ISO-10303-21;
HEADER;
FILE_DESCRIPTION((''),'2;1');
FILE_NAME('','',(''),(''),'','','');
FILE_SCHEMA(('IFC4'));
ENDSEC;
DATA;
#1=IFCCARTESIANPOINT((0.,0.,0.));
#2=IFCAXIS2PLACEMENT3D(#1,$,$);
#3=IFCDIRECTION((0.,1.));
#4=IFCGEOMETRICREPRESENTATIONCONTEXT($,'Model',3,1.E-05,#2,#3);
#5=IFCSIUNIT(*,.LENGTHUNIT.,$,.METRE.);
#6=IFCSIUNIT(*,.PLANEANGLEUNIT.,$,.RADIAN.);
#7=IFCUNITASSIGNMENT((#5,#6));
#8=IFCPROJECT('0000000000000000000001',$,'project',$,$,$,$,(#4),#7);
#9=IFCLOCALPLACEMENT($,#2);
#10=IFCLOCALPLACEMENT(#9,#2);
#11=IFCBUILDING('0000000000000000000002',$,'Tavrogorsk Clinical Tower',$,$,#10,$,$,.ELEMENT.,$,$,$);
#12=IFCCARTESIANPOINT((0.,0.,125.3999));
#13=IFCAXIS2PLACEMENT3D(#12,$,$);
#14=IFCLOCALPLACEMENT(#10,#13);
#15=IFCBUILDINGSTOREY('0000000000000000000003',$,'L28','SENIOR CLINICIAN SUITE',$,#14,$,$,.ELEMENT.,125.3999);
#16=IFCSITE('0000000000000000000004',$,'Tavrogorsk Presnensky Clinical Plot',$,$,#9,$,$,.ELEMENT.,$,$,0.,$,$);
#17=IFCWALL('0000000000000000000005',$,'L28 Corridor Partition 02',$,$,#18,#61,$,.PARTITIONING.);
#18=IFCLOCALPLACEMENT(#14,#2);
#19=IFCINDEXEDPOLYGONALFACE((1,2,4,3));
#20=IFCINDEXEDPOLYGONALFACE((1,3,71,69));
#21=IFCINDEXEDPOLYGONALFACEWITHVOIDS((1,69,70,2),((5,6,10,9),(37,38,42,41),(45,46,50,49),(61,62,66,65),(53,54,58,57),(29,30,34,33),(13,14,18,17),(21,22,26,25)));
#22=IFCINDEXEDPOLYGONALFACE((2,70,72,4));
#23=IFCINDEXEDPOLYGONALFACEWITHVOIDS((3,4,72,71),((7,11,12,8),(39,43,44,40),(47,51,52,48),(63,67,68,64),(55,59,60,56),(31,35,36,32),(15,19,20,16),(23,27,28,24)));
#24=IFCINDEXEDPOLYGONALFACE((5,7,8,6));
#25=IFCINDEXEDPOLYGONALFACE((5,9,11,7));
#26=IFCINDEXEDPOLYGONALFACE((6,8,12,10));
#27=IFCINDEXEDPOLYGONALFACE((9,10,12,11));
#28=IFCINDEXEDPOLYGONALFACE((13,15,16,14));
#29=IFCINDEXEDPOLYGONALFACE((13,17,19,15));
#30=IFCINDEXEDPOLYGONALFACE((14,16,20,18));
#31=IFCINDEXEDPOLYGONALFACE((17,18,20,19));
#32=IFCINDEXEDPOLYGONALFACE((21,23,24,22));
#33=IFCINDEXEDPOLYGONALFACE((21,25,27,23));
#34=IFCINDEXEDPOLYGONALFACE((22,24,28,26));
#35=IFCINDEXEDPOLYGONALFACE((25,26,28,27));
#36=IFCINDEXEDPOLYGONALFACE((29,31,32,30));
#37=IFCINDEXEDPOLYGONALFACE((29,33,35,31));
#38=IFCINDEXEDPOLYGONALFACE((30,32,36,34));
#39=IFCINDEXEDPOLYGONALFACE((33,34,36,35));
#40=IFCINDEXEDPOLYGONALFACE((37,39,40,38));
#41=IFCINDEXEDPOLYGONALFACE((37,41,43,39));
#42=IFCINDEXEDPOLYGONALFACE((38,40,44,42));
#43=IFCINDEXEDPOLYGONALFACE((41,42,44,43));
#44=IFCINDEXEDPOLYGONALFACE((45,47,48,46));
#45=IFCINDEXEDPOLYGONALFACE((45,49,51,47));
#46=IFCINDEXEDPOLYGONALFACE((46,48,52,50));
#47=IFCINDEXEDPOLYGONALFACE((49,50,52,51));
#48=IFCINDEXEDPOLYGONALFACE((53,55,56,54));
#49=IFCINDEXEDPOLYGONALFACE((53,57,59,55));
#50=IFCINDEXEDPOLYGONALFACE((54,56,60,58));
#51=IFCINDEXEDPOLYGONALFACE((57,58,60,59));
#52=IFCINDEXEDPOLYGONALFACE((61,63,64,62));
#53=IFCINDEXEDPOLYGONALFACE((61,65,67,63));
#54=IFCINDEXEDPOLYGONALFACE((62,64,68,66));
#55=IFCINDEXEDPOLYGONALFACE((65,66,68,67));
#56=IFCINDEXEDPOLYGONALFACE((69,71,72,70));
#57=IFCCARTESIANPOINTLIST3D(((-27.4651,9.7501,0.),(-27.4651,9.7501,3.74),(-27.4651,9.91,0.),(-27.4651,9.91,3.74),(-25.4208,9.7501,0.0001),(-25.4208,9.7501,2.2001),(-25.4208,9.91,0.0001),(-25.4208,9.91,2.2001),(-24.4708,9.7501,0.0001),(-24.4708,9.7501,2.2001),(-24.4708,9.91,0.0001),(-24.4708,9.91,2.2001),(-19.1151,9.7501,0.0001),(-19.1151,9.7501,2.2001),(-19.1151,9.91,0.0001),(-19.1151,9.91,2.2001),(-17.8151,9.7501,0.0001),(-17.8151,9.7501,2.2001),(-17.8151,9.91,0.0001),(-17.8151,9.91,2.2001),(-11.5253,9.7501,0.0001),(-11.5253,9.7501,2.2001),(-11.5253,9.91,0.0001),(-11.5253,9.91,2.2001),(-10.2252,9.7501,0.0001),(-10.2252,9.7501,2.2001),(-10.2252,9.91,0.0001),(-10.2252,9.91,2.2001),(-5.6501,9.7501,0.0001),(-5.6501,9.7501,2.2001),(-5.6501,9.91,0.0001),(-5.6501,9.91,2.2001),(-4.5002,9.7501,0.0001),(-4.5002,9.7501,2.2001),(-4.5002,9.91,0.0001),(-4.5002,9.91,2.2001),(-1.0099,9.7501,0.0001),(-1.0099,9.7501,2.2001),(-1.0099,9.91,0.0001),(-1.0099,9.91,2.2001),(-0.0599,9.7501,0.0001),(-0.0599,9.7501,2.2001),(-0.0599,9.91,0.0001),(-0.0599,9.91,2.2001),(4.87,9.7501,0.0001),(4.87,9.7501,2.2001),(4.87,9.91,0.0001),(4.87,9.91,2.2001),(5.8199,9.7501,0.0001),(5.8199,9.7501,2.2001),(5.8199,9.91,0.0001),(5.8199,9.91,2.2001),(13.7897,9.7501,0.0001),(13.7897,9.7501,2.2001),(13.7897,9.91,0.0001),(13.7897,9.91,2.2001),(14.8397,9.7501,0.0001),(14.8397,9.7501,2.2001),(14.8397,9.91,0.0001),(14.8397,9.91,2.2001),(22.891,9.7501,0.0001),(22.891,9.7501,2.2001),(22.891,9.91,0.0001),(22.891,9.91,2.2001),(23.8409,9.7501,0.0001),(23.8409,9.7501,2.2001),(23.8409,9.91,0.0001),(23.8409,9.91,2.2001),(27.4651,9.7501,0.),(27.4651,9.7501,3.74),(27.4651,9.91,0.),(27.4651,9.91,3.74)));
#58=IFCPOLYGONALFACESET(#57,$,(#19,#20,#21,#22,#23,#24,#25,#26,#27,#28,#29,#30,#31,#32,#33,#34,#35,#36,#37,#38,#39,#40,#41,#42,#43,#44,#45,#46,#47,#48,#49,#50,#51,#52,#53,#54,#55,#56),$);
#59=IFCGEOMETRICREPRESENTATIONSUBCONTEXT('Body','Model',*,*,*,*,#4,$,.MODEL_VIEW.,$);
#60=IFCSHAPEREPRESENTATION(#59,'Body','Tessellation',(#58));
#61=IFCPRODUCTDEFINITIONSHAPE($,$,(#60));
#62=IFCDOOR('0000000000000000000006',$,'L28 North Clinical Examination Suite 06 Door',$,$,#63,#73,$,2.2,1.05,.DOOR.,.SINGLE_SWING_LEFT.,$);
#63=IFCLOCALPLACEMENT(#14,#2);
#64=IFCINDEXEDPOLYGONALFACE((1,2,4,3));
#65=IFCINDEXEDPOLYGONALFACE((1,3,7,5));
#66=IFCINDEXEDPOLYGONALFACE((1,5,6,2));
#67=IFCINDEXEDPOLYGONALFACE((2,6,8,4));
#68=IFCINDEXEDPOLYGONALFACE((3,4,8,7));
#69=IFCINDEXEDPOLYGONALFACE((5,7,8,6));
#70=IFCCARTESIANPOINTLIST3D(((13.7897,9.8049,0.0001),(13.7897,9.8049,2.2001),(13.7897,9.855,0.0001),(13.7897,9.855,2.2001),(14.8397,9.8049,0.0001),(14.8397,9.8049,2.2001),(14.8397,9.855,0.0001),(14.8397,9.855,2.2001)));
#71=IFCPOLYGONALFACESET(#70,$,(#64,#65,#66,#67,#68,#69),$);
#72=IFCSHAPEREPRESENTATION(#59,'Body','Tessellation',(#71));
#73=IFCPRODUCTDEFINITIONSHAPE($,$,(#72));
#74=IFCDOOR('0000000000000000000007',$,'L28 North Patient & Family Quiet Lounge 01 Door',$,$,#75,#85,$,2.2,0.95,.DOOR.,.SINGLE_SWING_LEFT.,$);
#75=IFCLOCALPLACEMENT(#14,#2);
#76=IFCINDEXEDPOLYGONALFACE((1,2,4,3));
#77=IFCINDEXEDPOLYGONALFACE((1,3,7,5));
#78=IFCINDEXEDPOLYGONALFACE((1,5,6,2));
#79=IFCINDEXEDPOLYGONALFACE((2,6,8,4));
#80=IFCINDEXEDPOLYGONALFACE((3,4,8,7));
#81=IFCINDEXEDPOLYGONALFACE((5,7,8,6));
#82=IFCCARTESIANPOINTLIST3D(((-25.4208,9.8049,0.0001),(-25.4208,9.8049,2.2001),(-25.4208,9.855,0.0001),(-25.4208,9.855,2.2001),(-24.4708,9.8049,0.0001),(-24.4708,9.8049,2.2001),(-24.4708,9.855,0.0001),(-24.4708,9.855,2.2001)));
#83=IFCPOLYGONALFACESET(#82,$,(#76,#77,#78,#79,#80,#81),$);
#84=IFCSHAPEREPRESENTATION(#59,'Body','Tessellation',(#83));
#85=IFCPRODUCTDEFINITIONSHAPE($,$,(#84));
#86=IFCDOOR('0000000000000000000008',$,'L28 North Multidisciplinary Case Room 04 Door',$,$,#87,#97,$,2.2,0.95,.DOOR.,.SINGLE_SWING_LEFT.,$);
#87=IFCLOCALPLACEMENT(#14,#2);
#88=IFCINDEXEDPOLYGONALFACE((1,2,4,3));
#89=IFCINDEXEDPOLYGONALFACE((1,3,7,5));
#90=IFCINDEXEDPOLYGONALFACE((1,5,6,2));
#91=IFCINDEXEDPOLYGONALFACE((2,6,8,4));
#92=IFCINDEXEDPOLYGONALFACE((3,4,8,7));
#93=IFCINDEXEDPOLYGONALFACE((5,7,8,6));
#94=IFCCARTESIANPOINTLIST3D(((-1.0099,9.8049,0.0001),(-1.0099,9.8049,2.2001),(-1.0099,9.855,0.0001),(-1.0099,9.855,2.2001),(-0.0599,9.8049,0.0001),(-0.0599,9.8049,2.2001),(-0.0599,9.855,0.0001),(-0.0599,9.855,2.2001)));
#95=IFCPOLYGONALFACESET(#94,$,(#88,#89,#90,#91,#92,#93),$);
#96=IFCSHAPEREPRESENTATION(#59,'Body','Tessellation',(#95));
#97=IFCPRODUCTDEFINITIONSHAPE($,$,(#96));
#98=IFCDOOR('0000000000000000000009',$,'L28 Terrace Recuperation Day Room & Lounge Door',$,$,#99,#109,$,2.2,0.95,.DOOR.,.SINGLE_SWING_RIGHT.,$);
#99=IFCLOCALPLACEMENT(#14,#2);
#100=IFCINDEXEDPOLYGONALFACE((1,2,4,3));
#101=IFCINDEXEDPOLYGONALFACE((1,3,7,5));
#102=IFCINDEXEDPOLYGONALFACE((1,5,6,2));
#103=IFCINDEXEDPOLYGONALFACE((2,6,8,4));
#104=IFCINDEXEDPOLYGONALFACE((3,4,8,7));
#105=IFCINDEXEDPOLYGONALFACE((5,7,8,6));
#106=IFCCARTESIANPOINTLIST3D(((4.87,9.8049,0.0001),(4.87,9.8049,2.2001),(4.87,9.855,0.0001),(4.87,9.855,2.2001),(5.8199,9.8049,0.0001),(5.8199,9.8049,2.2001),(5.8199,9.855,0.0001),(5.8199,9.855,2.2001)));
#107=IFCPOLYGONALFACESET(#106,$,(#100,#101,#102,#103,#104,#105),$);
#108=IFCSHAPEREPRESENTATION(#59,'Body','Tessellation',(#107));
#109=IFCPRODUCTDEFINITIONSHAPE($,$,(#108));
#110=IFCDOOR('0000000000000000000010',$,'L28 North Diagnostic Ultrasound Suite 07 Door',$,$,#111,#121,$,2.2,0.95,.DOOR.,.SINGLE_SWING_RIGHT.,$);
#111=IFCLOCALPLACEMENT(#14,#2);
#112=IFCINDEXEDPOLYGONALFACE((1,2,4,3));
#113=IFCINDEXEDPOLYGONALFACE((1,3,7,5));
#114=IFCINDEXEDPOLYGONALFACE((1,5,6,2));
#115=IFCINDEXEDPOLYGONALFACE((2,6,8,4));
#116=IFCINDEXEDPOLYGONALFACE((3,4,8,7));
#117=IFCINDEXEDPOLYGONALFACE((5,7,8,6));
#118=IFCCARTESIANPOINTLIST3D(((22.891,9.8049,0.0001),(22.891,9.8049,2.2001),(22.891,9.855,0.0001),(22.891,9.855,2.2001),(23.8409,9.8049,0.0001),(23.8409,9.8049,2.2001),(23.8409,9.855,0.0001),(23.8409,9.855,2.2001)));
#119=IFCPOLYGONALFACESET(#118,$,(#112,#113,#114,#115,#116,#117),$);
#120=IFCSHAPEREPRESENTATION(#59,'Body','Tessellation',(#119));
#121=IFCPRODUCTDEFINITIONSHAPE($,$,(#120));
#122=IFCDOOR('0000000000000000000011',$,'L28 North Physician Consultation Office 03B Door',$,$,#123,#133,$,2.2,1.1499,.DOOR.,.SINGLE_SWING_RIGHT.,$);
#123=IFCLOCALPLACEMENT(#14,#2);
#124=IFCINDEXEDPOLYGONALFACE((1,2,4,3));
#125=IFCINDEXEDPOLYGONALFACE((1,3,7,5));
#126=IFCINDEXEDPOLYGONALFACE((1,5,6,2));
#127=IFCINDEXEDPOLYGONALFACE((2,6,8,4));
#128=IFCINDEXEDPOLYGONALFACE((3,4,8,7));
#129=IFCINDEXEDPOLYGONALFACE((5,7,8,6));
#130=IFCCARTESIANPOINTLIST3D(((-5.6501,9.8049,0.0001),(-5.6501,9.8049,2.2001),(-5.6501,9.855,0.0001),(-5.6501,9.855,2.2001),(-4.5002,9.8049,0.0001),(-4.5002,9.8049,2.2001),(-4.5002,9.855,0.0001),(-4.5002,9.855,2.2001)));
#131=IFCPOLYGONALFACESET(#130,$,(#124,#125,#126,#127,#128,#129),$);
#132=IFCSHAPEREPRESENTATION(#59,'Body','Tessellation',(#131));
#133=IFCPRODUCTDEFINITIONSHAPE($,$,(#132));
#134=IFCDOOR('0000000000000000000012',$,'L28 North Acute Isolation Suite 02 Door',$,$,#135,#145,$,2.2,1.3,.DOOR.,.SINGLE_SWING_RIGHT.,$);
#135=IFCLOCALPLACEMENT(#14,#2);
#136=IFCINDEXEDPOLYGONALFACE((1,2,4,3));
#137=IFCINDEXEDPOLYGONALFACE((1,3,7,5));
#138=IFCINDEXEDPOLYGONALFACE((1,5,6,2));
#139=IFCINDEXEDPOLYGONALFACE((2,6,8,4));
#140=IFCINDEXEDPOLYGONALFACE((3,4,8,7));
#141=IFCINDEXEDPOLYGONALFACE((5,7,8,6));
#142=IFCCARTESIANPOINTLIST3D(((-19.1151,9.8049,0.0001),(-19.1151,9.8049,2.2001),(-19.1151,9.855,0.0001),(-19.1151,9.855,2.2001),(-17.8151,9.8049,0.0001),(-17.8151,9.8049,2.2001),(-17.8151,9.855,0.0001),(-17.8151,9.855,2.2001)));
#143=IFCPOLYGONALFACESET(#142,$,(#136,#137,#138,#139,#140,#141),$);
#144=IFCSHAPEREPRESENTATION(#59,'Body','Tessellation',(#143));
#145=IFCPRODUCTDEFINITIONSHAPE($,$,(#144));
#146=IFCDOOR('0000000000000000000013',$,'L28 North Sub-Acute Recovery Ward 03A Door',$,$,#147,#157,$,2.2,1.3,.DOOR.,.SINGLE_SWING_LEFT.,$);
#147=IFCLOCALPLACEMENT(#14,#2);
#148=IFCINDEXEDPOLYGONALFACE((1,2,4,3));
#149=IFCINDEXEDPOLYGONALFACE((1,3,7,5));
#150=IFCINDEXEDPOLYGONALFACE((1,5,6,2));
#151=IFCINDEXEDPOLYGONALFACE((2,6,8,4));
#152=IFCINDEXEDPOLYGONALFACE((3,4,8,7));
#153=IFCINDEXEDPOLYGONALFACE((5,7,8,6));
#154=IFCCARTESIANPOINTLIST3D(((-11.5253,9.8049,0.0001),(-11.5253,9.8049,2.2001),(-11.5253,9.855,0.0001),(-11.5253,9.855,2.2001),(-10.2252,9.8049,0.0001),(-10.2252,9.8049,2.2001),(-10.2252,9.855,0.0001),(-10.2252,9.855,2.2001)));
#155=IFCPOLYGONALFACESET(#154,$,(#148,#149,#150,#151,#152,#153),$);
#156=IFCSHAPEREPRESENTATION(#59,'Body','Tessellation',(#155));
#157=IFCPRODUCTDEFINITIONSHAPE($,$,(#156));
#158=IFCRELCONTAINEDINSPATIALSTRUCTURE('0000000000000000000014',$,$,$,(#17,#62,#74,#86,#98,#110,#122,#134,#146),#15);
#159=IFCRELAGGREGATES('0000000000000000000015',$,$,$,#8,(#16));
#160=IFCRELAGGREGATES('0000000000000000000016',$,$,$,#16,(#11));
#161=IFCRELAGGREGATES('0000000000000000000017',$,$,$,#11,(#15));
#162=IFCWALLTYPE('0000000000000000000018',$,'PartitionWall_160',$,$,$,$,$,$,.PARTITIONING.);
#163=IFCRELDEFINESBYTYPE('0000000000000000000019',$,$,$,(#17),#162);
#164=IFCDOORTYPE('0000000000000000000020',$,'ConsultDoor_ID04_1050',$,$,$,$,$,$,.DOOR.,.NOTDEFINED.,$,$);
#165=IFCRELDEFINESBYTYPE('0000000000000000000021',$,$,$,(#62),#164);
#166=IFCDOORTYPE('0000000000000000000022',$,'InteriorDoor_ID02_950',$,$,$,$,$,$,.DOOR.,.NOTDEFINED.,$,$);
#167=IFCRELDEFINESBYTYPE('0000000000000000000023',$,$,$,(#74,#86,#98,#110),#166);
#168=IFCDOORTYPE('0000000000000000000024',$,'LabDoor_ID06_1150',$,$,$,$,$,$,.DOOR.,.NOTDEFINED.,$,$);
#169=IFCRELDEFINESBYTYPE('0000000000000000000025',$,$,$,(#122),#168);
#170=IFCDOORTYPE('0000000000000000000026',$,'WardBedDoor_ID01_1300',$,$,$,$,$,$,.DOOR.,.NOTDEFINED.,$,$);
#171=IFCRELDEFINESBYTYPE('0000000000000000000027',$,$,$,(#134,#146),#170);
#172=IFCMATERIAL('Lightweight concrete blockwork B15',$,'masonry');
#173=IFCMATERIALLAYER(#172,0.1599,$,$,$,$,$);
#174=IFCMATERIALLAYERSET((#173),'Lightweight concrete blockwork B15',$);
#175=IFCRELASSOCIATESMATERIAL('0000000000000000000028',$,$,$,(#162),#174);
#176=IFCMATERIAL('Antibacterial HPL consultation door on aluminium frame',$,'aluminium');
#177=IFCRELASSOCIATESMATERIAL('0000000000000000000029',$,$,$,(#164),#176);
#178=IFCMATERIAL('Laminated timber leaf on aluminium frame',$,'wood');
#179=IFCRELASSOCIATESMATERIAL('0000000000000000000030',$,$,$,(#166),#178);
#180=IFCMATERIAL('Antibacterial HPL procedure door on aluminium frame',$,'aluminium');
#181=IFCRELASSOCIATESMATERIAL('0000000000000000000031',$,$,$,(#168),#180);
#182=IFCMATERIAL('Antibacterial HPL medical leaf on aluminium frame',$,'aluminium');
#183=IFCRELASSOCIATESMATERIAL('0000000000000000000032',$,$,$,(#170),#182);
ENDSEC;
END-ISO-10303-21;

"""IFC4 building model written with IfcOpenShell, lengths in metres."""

from ifc_helpers import new_model, si_unit, direction, frame, frame_2d, origin, place, context, subcontext, project, spatial, rectangle, extrude, material, layer, layer_set, type_object, element, fill, save


model = new_model("IFC4")

# Units and contexts
model_context = context("Model", 3, precision=1e-05, world=origin(), true_north=direction((0.0, 1.0)))
body_context = subcontext(model_context, "Body", "Model", "MODEL_VIEW")
ifc_project = project(units=[si_unit("LENGTHUNIT", "METRE"), si_unit("PLANEANGLEUNIT", "RADIAN")], contexts=[model_context])

# Site, building, storey
site_placement = place(None, origin())
site = spatial("IfcSite", under=ifc_project, at=site_placement, Name="Tavrogorsk Presnensky Clinical Plot", CompositionType="ELEMENT", RefElevation=0.0)
building_placement = place(site_placement, origin())
building = spatial("IfcBuilding", under=site, at=building_placement, Name="Tavrogorsk Clinical Tower", CompositionType="ELEMENT")
storey_placement = place(building_placement, frame((0.0, 0.0, 125.3999)))
storey = spatial("IfcBuildingStorey", under=building, at=storey_placement, Name="L28", Description="SENIOR CLINICIAN SUITE", CompositionType="ELEMENT", Elevation=125.3999)

# Wall, openings, doors
ifc_material_1 = material(Name="Lightweight concrete blockwork B15", Category="masonry")
ifc_layer_1 = layer(ifc_material_1, 0.1599)
ifc_layer_set_1 = layer_set([ifc_layer_1], Name="Lightweight concrete blockwork B15")
wall_type_1 = type_object("IfcWallType", Name="PartitionWall_160", PredefinedType="PARTITIONING", material=ifc_layer_set_1)
wall_1_placement = place(storey_placement, frame((-27.4651, 9.8301, 0.0), z_axis=(0.0, 0.0, 1.0), x_axis=(1.0, 0.0, 0.0)))
wall_1 = element("IfcWall", 1, at=wall_1_placement, inside=storey, type_object=wall_type_1, Name="L28 Corridor Partition 02", PredefinedType="PARTITIONING", context=body_context, shape_type="SweptSolid", body=[
    extrude(rectangle(XDim=54.9302, YDim=0.1599, at=frame_2d((27.4651, 0.0))), origin(), (0.0, 0.0, 1.0), 3.74),
])
opening_1_placement = place(wall_1_placement, frame((2.0442, 0.0, 0.0)))
opening_1 = element("IfcOpeningElement", 2, at=opening_1_placement, cuts=wall_1, PredefinedType="OPENING", context=body_context, shape_type="SweptSolid", body=[
    extrude(rectangle(XDim=0.95, YDim=2.2, at=frame_2d((0.4751, 1.1001))), frame((0.0, 0.0898, 0.0), z_axis=(0.0, -1.0, 0.0), x_axis=(1.0, 0.0, 0.0)), (0.0, 0.0, 1.0), 0.1799),
])
opening_2_placement = place(wall_1_placement, frame((8.3501, 0.0, 0.0)))
opening_2 = element("IfcOpeningElement", 3, at=opening_2_placement, cuts=wall_1, PredefinedType="OPENING", context=body_context, shape_type="SweptSolid", body=[
    extrude(rectangle(XDim=1.3, YDim=2.2, at=frame_2d((0.6499, 1.1001))), frame((0.0, 0.0898, 0.0), z_axis=(0.0, -1.0, 0.0), x_axis=(1.0, 0.0, 0.0)), (0.0, 0.0, 1.0), 0.1799),
])
opening_3_placement = place(wall_1_placement, frame((15.9399, 0.0, 0.0)))
opening_3 = element("IfcOpeningElement", 4, at=opening_3_placement, cuts=wall_1, PredefinedType="OPENING", context=body_context, shape_type="SweptSolid", body=[
    extrude(rectangle(XDim=1.3, YDim=2.2, at=frame_2d((0.6499, 1.1001))), frame((0.0, 0.0898, 0.0), z_axis=(0.0, -1.0, 0.0), x_axis=(1.0, 0.0, 0.0)), (0.0, 0.0, 1.0), 0.1799),
])
opening_4_placement = place(wall_1_placement, frame((21.8149, 0.0, 0.0)))
opening_4 = element("IfcOpeningElement", 5, at=opening_4_placement, cuts=wall_1, PredefinedType="OPENING", context=body_context, shape_type="SweptSolid", body=[
    extrude(rectangle(XDim=1.1499, YDim=2.2, at=frame_2d((0.575, 1.1001))), frame((0.0, 0.0898, 0.0), z_axis=(0.0, -1.0, 0.0), x_axis=(1.0, 0.0, 0.0)), (0.0, 0.0, 1.0), 0.1799),
])
opening_5_placement = place(wall_1_placement, frame((26.4551, 0.0, 0.0)))
opening_5 = element("IfcOpeningElement", 6, at=opening_5_placement, cuts=wall_1, PredefinedType="OPENING", context=body_context, shape_type="SweptSolid", body=[
    extrude(rectangle(XDim=0.95, YDim=2.2, at=frame_2d((0.4751, 1.1001))), frame((0.0, 0.0898, 0.0), z_axis=(0.0, -1.0, 0.0), x_axis=(1.0, 0.0, 0.0)), (0.0, 0.0, 1.0), 0.1799),
])
opening_6_placement = place(wall_1_placement, frame((32.335, 0.0, 0.0)))
opening_6 = element("IfcOpeningElement", 7, at=opening_6_placement, cuts=wall_1, PredefinedType="OPENING", context=body_context, shape_type="SweptSolid", body=[
    extrude(rectangle(XDim=0.95, YDim=2.2, at=frame_2d((0.4751, 1.1001))), frame((0.0, 0.0898, 0.0), z_axis=(0.0, -1.0, 0.0), x_axis=(1.0, 0.0, 0.0)), (0.0, 0.0, 1.0), 0.1799),
])
opening_7_placement = place(wall_1_placement, frame((41.2549, 0.0, 0.0)))
opening_7 = element("IfcOpeningElement", 8, at=opening_7_placement, cuts=wall_1, PredefinedType="OPENING", context=body_context, shape_type="SweptSolid", body=[
    extrude(rectangle(XDim=1.05, YDim=2.2, at=frame_2d((0.5249, 1.1001))), frame((0.0, 0.0898, 0.0), z_axis=(0.0, -1.0, 0.0), x_axis=(1.0, 0.0, 0.0)), (0.0, 0.0, 1.0), 0.1799),
])
opening_8_placement = place(wall_1_placement, frame((50.356, 0.0, 0.0)))
opening_8 = element("IfcOpeningElement", 9, at=opening_8_placement, cuts=wall_1, PredefinedType="OPENING", context=body_context, shape_type="SweptSolid", body=[
    extrude(rectangle(XDim=0.95, YDim=2.2, at=frame_2d((0.4751, 1.1001))), frame((0.0, 0.0898, 0.0), z_axis=(0.0, -1.0, 0.0), x_axis=(1.0, 0.0, 0.0)), (0.0, 0.0, 1.0), 0.1799),
])
ifc_material_2 = material(Name="Antibacterial HPL consultation door on aluminium frame", Category="aluminium")
door_type_1 = type_object("IfcDoorType", Name="ConsultDoor_ID04_1050", OperationType="NOTDEFINED", PredefinedType="DOOR", material=ifc_material_2)
door_1_placement = place(opening_7_placement, origin())
door_1 = element("IfcDoor", 10, at=door_1_placement, inside=storey, type_object=door_type_1, Name="L28 North Clinical Examination Suite 06 Door", OperationType="SINGLE_SWING_LEFT", OverallHeight=2.2, OverallWidth=1.05, PredefinedType="DOOR", context=body_context, shape_type="SweptSolid", body=[
    extrude(rectangle(XDim=1.05, YDim=2.2, at=frame_2d((0.5249, 1.1001))), frame((0.0, 0.0249, 0.0), z_axis=(0.0, -1.0, 0.0), x_axis=(1.0, 0.0, 0.0)), (0.0, 0.0, 1.0), 0.05),
])
fill(opening_7, door_1)
ifc_material_3 = material(Name="Laminated timber leaf on aluminium frame", Category="wood")
door_type_2 = type_object("IfcDoorType", Name="InteriorDoor_ID02_950", OperationType="NOTDEFINED", PredefinedType="DOOR", material=ifc_material_3)
door_2_placement = place(opening_1_placement, origin())
door_2 = element("IfcDoor", 11, at=door_2_placement, inside=storey, type_object=door_type_2, Name="L28 North Patient & Family Quiet Lounge 01 Door", OperationType="SINGLE_SWING_LEFT", OverallHeight=2.2, OverallWidth=0.95, PredefinedType="DOOR", context=body_context, shape_type="SweptSolid", body=[
    extrude(rectangle(XDim=0.95, YDim=2.2, at=frame_2d((0.4751, 1.1001))), frame((0.0, 0.0249, 0.0), z_axis=(0.0, -1.0, 0.0), x_axis=(1.0, 0.0, 0.0)), (0.0, 0.0, 1.0), 0.05),
])
fill(opening_1, door_2)
door_3_placement = place(opening_5_placement, origin())
door_3 = element("IfcDoor", 12, at=door_3_placement, inside=storey, type_object=door_type_2, Name="L28 North Multidisciplinary Case Room 04 Door", OperationType="SINGLE_SWING_LEFT", OverallHeight=2.2, OverallWidth=0.95, PredefinedType="DOOR", context=body_context, shape_type="SweptSolid", body=[
    extrude(rectangle(XDim=0.95, YDim=2.2, at=frame_2d((0.4751, 1.1001))), frame((0.0, 0.0249, 0.0), z_axis=(0.0, -1.0, 0.0), x_axis=(1.0, 0.0, 0.0)), (0.0, 0.0, 1.0), 0.05),
])
fill(opening_5, door_3)
door_4_placement = place(opening_6_placement, origin())
door_4 = element("IfcDoor", 13, at=door_4_placement, inside=storey, type_object=door_type_2, Name="L28 Terrace Recuperation Day Room & Lounge Door", OperationType="SINGLE_SWING_RIGHT", OverallHeight=2.2, OverallWidth=0.95, PredefinedType="DOOR", context=body_context, shape_type="SweptSolid", body=[
    extrude(rectangle(XDim=0.95, YDim=2.2, at=frame_2d((0.4751, 1.1001))), frame((0.0, 0.0249, 0.0), z_axis=(0.0, -1.0, 0.0), x_axis=(1.0, 0.0, 0.0)), (0.0, 0.0, 1.0), 0.05),
])
fill(opening_6, door_4)
door_5_placement = place(opening_8_placement, origin())
door_5 = element("IfcDoor", 14, at=door_5_placement, inside=storey, type_object=door_type_2, Name="L28 North Diagnostic Ultrasound Suite 07 Door", OperationType="SINGLE_SWING_RIGHT", OverallHeight=2.2, OverallWidth=0.95, PredefinedType="DOOR", context=body_context, shape_type="SweptSolid", body=[
    extrude(rectangle(XDim=0.95, YDim=2.2, at=frame_2d((0.4751, 1.1001))), frame((0.0, 0.0249, 0.0), z_axis=(0.0, -1.0, 0.0), x_axis=(1.0, 0.0, 0.0)), (0.0, 0.0, 1.0), 0.05),
])
fill(opening_8, door_5)
ifc_material_4 = material(Name="Antibacterial HPL procedure door on aluminium frame", Category="aluminium")
door_type_3 = type_object("IfcDoorType", Name="LabDoor_ID06_1150", OperationType="NOTDEFINED", PredefinedType="DOOR", material=ifc_material_4)
door_6_placement = place(opening_4_placement, origin())
door_6 = element("IfcDoor", 15, at=door_6_placement, inside=storey, type_object=door_type_3, Name="L28 North Physician Consultation Office 03B Door", OperationType="SINGLE_SWING_RIGHT", OverallHeight=2.2, OverallWidth=1.1499, PredefinedType="DOOR", context=body_context, shape_type="SweptSolid", body=[
    extrude(rectangle(XDim=1.1499, YDim=2.2, at=frame_2d((0.575, 1.1001))), frame((0.0, 0.0249, 0.0), z_axis=(0.0, -1.0, 0.0), x_axis=(1.0, 0.0, 0.0)), (0.0, 0.0, 1.0), 0.05),
])
fill(opening_4, door_6)
ifc_material_5 = material(Name="Antibacterial HPL medical leaf on aluminium frame", Category="aluminium")
door_type_4 = type_object("IfcDoorType", Name="WardBedDoor_ID01_1300", OperationType="NOTDEFINED", PredefinedType="DOOR", material=ifc_material_5)
door_7_placement = place(opening_2_placement, origin())
door_7 = element("IfcDoor", 16, at=door_7_placement, inside=storey, type_object=door_type_4, Name="L28 North Acute Isolation Suite 02 Door", OperationType="SINGLE_SWING_RIGHT", OverallHeight=2.2, OverallWidth=1.3, PredefinedType="DOOR", context=body_context, shape_type="SweptSolid", body=[
    extrude(rectangle(XDim=1.3, YDim=2.2, at=frame_2d((0.6499, 1.1001))), frame((0.0, 0.0249, 0.0), z_axis=(0.0, -1.0, 0.0), x_axis=(1.0, 0.0, 0.0)), (0.0, 0.0, 1.0), 0.05),
])
fill(opening_2, door_7)
door_8_placement = place(opening_3_placement, origin())
door_8 = element("IfcDoor", 17, at=door_8_placement, inside=storey, type_object=door_type_4, Name="L28 North Sub-Acute Recovery Ward 03A Door", OperationType="SINGLE_SWING_LEFT", OverallHeight=2.2, OverallWidth=1.3, PredefinedType="DOOR", context=body_context, shape_type="SweptSolid", body=[
    extrude(rectangle(XDim=1.3, YDim=2.2, at=frame_2d((0.6499, 1.1001))), frame((0.0, 0.0249, 0.0), z_axis=(0.0, -1.0, 0.0), x_axis=(1.0, 0.0, 0.0)), (0.0, 0.0, 1.0), 0.05),
])
fill(opening_3, door_8)

save(model, "model.ifc")
